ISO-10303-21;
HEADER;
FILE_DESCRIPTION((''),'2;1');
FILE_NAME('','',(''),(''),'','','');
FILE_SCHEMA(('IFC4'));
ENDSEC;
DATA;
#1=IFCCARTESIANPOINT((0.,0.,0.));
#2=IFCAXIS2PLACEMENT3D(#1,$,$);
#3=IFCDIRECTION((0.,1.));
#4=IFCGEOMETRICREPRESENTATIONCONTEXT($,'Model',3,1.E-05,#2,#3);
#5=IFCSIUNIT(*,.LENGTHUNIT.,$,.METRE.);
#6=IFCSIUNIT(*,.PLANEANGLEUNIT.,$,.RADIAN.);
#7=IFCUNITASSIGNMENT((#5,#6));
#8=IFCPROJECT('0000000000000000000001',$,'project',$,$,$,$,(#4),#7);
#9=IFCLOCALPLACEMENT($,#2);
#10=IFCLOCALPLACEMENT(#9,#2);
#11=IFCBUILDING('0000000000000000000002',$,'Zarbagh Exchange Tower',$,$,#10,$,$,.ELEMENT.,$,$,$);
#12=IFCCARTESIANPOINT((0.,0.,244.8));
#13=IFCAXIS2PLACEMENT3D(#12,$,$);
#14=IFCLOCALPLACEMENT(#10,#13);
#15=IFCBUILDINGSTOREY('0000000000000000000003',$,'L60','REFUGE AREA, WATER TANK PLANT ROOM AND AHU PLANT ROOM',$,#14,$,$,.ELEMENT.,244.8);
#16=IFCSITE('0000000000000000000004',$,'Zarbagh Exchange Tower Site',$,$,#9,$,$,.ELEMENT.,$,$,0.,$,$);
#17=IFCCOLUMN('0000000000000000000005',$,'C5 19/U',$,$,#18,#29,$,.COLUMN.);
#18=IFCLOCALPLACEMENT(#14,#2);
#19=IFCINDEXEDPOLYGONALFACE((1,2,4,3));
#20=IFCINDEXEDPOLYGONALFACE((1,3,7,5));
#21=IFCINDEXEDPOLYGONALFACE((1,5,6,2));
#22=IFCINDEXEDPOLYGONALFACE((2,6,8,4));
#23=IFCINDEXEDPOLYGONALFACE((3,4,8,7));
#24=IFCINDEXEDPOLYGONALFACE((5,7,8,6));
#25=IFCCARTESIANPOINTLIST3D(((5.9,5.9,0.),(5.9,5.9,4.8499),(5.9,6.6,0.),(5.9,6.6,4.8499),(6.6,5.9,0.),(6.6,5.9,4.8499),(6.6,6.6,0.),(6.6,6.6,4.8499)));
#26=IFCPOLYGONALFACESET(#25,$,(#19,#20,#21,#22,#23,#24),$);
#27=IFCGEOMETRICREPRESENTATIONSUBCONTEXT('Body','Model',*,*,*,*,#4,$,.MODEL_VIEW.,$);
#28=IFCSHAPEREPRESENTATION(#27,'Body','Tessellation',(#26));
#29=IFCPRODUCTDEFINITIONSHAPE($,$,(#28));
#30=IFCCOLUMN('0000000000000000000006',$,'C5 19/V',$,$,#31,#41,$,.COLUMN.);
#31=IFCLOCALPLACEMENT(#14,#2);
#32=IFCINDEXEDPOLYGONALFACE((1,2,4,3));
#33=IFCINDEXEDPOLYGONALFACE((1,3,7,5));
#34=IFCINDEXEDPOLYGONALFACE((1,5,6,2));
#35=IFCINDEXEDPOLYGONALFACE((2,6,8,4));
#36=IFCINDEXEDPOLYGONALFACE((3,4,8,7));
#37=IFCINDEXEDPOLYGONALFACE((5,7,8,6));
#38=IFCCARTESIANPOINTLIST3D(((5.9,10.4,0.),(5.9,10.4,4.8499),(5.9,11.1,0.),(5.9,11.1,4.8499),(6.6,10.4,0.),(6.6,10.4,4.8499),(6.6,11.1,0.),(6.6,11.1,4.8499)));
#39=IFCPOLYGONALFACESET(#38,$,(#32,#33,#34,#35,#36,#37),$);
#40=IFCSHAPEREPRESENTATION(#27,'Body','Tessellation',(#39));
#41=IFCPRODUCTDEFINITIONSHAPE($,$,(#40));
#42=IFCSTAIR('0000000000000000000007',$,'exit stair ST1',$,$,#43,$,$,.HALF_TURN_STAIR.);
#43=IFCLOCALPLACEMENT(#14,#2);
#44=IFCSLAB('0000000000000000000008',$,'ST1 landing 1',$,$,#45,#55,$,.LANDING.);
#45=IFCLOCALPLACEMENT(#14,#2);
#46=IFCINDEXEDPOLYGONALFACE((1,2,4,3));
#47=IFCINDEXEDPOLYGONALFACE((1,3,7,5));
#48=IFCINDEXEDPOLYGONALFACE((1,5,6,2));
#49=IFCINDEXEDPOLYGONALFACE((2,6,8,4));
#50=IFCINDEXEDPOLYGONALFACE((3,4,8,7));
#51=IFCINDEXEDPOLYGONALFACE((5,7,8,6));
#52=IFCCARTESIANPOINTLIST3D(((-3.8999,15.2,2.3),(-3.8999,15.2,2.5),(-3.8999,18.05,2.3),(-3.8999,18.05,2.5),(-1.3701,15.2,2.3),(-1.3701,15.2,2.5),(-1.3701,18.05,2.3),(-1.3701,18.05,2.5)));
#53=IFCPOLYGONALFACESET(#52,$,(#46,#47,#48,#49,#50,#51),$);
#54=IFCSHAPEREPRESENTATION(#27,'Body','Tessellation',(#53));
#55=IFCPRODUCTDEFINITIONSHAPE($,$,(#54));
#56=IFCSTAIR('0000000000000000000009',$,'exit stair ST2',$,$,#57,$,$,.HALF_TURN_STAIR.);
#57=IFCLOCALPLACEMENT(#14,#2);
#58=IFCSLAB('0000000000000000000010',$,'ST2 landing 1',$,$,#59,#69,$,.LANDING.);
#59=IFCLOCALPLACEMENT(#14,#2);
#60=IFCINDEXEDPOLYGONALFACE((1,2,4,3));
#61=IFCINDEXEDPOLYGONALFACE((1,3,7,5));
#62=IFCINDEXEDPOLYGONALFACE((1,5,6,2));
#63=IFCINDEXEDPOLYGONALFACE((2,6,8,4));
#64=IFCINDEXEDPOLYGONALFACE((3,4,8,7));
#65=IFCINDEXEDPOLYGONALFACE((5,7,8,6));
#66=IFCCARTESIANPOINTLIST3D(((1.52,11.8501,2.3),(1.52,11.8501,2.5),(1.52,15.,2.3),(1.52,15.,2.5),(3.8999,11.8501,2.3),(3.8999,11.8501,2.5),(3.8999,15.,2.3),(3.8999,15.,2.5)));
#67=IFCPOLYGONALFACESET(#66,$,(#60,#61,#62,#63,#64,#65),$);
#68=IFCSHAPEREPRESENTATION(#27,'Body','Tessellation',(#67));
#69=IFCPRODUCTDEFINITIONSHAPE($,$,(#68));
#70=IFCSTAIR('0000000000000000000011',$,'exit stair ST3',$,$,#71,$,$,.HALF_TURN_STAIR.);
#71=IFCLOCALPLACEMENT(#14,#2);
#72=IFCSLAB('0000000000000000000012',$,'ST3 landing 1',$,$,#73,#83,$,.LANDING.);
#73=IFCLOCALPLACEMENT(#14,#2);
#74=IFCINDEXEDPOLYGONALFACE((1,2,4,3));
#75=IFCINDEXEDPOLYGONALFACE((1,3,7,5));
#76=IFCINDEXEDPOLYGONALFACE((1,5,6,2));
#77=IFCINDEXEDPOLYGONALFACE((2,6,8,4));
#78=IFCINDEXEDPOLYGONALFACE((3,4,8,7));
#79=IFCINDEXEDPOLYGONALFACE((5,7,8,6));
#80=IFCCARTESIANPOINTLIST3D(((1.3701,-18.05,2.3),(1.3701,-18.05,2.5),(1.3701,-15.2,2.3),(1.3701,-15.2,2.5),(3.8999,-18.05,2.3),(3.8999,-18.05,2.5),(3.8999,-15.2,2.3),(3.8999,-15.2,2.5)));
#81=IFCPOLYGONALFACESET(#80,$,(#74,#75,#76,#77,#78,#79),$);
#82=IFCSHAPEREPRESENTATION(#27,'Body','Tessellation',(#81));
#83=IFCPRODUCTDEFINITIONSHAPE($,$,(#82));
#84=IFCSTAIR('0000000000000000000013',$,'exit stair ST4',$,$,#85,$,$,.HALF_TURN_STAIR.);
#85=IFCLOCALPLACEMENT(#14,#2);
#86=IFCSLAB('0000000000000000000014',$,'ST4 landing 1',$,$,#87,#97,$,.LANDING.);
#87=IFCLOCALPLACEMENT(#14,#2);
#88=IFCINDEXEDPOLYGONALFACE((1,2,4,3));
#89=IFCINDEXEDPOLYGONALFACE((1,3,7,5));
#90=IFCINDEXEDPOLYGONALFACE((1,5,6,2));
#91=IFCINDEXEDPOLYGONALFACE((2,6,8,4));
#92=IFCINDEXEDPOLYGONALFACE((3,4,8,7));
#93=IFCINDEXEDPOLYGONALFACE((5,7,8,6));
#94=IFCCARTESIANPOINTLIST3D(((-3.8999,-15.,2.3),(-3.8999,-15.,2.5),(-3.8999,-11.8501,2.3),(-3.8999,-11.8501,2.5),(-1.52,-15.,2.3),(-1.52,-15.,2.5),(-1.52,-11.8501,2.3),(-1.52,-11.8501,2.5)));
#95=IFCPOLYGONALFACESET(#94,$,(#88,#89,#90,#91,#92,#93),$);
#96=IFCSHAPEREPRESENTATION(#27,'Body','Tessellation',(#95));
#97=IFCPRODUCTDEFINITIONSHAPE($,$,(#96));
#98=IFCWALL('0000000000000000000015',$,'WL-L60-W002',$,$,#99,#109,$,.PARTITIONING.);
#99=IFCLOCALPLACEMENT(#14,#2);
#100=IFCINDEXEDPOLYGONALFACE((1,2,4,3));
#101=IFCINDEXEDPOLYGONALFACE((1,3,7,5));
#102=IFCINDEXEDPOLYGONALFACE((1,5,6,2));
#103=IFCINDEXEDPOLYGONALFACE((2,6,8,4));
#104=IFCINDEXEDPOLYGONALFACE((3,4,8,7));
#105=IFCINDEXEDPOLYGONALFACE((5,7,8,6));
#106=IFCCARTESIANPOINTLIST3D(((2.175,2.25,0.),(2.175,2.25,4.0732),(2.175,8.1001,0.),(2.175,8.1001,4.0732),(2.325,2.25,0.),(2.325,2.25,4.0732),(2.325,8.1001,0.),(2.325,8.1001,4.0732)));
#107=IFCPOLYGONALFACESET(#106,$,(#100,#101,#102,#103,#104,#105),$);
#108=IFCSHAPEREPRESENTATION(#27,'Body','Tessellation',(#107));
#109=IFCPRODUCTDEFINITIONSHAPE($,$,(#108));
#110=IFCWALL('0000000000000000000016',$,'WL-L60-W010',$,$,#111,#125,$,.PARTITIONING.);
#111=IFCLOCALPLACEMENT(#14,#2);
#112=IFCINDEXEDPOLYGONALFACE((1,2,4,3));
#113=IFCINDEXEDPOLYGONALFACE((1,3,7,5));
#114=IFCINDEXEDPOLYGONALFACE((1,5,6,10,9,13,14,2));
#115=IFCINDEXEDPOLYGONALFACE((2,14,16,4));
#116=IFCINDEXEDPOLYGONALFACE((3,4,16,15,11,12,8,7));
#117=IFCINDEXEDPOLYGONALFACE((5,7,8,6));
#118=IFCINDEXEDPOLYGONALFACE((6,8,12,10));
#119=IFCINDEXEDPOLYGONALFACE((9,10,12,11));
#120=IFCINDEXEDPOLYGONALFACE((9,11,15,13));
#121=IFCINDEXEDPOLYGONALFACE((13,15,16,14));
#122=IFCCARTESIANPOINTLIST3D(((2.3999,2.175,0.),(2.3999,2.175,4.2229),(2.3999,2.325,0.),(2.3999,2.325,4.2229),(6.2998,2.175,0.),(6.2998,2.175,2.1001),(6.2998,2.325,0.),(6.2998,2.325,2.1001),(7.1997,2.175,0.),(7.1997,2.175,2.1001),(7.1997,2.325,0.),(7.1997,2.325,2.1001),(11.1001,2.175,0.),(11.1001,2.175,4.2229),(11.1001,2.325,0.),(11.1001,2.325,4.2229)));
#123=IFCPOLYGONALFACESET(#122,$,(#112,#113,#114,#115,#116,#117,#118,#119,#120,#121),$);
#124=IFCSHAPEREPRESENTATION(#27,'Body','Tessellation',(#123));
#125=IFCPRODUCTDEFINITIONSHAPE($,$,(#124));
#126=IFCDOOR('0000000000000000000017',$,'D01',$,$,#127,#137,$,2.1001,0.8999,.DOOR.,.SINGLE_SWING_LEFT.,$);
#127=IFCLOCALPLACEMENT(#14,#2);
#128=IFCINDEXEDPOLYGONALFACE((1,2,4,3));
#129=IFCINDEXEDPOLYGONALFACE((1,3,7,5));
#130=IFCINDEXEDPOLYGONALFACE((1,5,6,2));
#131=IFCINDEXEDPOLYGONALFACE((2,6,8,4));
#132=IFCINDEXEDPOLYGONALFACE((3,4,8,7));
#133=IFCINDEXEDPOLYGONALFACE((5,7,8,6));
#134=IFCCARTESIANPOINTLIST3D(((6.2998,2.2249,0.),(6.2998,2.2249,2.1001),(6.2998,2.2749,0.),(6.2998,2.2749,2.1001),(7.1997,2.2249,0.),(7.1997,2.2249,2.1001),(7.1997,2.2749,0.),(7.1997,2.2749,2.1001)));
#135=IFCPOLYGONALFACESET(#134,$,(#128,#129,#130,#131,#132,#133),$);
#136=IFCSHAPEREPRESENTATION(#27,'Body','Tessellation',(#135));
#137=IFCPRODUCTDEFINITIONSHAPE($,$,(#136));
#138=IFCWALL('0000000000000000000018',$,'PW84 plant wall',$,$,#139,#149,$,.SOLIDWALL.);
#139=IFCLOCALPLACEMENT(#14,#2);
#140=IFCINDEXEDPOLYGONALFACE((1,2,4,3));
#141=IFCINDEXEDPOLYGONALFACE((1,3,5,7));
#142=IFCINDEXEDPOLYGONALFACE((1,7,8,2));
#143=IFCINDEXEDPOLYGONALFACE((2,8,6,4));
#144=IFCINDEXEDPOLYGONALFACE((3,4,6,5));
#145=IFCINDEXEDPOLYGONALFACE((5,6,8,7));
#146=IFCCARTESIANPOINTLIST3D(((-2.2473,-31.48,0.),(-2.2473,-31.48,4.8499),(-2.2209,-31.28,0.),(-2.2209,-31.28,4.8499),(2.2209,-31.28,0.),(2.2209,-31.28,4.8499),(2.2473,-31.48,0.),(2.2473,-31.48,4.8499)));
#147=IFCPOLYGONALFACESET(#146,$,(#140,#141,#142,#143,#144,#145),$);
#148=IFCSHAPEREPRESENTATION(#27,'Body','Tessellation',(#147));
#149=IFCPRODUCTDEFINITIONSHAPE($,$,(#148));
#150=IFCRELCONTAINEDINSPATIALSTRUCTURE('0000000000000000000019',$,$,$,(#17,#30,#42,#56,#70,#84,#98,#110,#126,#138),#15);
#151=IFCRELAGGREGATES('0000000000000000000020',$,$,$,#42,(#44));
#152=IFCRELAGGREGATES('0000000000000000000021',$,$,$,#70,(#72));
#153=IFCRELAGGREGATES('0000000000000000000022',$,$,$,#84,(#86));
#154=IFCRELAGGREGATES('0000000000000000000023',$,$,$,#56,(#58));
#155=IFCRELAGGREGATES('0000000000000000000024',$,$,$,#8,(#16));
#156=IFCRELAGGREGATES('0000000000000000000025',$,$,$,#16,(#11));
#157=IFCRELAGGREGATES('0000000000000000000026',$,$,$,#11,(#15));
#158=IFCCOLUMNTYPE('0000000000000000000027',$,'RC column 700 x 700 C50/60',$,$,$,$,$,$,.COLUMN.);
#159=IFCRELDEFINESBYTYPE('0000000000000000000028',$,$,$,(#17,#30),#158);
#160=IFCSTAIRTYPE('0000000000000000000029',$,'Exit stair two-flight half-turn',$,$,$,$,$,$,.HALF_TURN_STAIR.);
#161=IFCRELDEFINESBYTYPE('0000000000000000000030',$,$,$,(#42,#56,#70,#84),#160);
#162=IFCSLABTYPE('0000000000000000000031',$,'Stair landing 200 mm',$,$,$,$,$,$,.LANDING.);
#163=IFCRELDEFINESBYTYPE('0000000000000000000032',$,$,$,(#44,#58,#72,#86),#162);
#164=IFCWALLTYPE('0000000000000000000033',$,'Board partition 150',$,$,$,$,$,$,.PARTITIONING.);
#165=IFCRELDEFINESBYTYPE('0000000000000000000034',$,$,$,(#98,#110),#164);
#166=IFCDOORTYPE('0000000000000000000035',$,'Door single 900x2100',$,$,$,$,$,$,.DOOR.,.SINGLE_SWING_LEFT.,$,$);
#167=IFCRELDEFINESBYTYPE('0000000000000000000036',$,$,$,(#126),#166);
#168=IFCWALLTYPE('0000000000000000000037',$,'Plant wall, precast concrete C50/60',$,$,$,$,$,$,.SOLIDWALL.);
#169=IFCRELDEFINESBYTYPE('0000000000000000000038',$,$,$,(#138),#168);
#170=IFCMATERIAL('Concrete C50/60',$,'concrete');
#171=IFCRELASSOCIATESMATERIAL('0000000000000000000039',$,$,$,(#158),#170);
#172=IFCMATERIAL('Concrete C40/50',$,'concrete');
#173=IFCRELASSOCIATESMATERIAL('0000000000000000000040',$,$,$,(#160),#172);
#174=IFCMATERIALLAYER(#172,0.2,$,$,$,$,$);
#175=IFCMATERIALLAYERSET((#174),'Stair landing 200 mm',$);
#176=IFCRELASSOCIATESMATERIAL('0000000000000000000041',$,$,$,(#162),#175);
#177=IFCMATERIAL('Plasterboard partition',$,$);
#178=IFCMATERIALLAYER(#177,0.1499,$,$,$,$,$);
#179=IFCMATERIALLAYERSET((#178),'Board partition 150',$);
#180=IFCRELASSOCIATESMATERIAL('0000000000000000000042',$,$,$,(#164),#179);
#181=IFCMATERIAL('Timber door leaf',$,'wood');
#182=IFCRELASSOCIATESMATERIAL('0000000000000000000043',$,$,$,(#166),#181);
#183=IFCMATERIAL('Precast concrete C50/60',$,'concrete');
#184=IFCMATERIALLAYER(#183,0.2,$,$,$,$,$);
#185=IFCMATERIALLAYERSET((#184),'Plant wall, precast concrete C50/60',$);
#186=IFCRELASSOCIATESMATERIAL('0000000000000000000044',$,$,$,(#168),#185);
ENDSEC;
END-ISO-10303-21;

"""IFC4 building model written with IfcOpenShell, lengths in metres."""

from ifc_helpers import new_model, si_unit, direction, frame, frame_2d, origin, origin_2d, place, context, subcontext, project, spatial, polyline, rectangle, outline, extrude, material, layer, layer_set, material_profile, profile_set, type_object, element, fill, aggregate, save


model = new_model("IFC4")

# Units and contexts
model_context = context("Model", 3, precision=1e-05, world=origin(), true_north=direction((0.0, 1.0)))
body_context = subcontext(model_context, "Body", "Model", "MODEL_VIEW")
ifc_project = project(units=[si_unit("LENGTHUNIT", "METRE"), si_unit("PLANEANGLEUNIT", "RADIAN")], contexts=[model_context])

# Site, building, storey
site_placement = place(None, origin())
site = spatial("IfcSite", under=ifc_project, at=site_placement, Name="Zarbagh Exchange Tower Site", CompositionType="ELEMENT", RefElevation=0.0)
building_placement = place(site_placement, origin())
building = spatial("IfcBuilding", under=site, at=building_placement, Name="Zarbagh Exchange Tower", CompositionType="ELEMENT")
storey_placement = place(building_placement, frame((0.0, 0.0, 244.8)))
storey = spatial("IfcBuildingStorey", under=building, at=storey_placement, Name="L60", Description="REFUGE AREA, WATER TANK PLANT ROOM AND AHU PLANT ROOM", CompositionType="ELEMENT", Elevation=244.8)

# Columns
ifc_material_1 = material(Name="Concrete C50/60", Category="concrete")
ifc_material_profile = material_profile(ifc_material_1, rectangle(XDim=0.7, YDim=0.7, at=origin_2d()), Name="RC column 700 x 700 C50/60")
ifc_profile_set = profile_set([ifc_material_profile], Name="Concrete C50/60")
column_type = type_object("IfcColumnType", Name="RC column 700 x 700 C50/60", PredefinedType="COLUMN", material=ifc_profile_set)
for number, where, z_axis, x_axis, name in (
    (1, (6.25, 6.25, 0.0), (0.0, 0.0, 1.0), (1.0, 0.0, 0.0), "C5 19/U"),
    (2, (6.25, 10.75, 0.0), (0.0, 0.0, 1.0), (1.0, 0.0, 0.0), "C5 19/V"),
):
    element("IfcColumn", number, at=place(storey_placement, frame(where, z_axis=z_axis, x_axis=x_axis)), inside=storey, type_object=column_type, Name=name, PredefinedType="COLUMN", context=body_context, shape_type="SweptSolid", body=[
        extrude(rectangle(XDim=0.7, YDim=0.7, at=origin_2d()), origin(), (0.0, 0.0, 1.0), 4.8499),
    ])

# Stairs, slabs
ifc_material_2 = material(Name="Concrete C40/50", Category="concrete")
stair_type = type_object("IfcStairType", Name="Exit stair two-flight half-turn", PredefinedType="HALF_TURN_STAIR", material=ifc_material_2)
stair_1_placement = place(storey_placement, origin())
stair_1 = element("IfcStair", 3, at=stair_1_placement, inside=storey, type_object=stair_type, Name="exit stair ST1", PredefinedType="HALF_TURN_STAIR")
ifc_layer_1 = layer(ifc_material_2, 0.2)
ifc_layer_set_1 = layer_set([ifc_layer_1], Name="Stair landing 200 mm")
slab_type = type_object("IfcSlabType", Name="Stair landing 200 mm", PredefinedType="LANDING", material=ifc_layer_set_1)
slab_1_placement = place(storey_placement, frame((0.0, 0.0, 2.3)))
slab_1 = element("IfcSlab", 4, at=slab_1_placement, type_object=slab_type, Name="ST1 landing 1", PredefinedType="LANDING", context=body_context, shape_type="SweptSolid", body=[
    extrude(outline(polyline([(-1.3701, 18.05), (-3.8999, 18.05), (-3.8999, 15.2), (-1.3701, 15.2), (-1.3701, 18.05)])), origin(), (0.0, 0.0, 1.0), 0.2),
])
aggregate(stair_1, [slab_1])
stair_2_placement = place(storey_placement, origin())
stair_2 = element("IfcStair", 5, at=stair_2_placement, inside=storey, type_object=stair_type, Name="exit stair ST2", PredefinedType="HALF_TURN_STAIR")
slab_2_placement = place(storey_placement, frame((0.0, 0.0, 2.3)))
slab_2 = element("IfcSlab", 6, at=slab_2_placement, type_object=slab_type, Name="ST2 landing 1", PredefinedType="LANDING", context=body_context, shape_type="SweptSolid", body=[
    extrude(outline(polyline([(1.52, 11.8501), (3.8999, 11.8501), (3.8999, 15.0), (1.52, 15.0), (1.52, 11.8501)])), origin(), (0.0, 0.0, 1.0), 0.2),
])
stair_3_placement = place(storey_placement, origin())
stair_3 = element("IfcStair", 7, at=stair_3_placement, inside=storey, type_object=stair_type, Name="exit stair ST3", PredefinedType="HALF_TURN_STAIR")
slab_3_placement = place(storey_placement, frame((0.0, 0.0, 2.3)))
slab_3 = element("IfcSlab", 8, at=slab_3_placement, type_object=slab_type, Name="ST3 landing 1", PredefinedType="LANDING", context=body_context, shape_type="SweptSolid", body=[
    extrude(outline(polyline([(1.3701, -18.05), (3.8999, -18.05), (3.8999, -15.2), (1.3701, -15.2), (1.3701, -18.05)])), origin(), (0.0, 0.0, 1.0), 0.2),
])
aggregate(stair_3, [slab_3])
stair_4_placement = place(storey_placement, origin())
stair_4 = element("IfcStair", 9, at=stair_4_placement, inside=storey, type_object=stair_type, Name="exit stair ST4", PredefinedType="HALF_TURN_STAIR")
slab_4_placement = place(storey_placement, frame((0.0, 0.0, 2.3)))
slab_4 = element("IfcSlab", 10, at=slab_4_placement, type_object=slab_type, Name="ST4 landing 1", PredefinedType="LANDING", context=body_context, shape_type="SweptSolid", body=[
    extrude(outline(polyline([(-1.52, -11.8501), (-3.8999, -11.8501), (-3.8999, -15.0), (-1.52, -15.0), (-1.52, -11.8501)])), origin(), (0.0, 0.0, 1.0), 0.2),
])
aggregate(stair_4, [slab_4])

# Wall
ifc_material_3 = material(Name="Plasterboard partition")
ifc_layer_2 = layer(ifc_material_3, 0.1499)
ifc_layer_set_2 = layer_set([ifc_layer_2], Name="Board partition 150")
wall_type_1 = type_object("IfcWallType", Name="Board partition 150", PredefinedType="PARTITIONING", material=ifc_layer_set_2)
wall_1_placement = place(storey_placement, frame((2.25, 8.1001, 0.0), z_axis=(0.0, 0.0, 1.0), x_axis=(0.0, -1.0, 0.0)))
element("IfcWall", 11, at=wall_1_placement, inside=storey, type_object=wall_type_1, Name="WL-L60-W002", PredefinedType="PARTITIONING", context=body_context, shape_type="SweptSolid", body=[
    extrude(rectangle(XDim=5.8501, YDim=0.1499, at=frame_2d((2.925, 0.0))), origin(), (0.0, 0.0, 1.0), 4.0732),
])

# Wall, opening, door
wall_2_placement = place(storey_placement, frame((2.3999, 2.25, 0.0), z_axis=(0.0, 0.0, 1.0), x_axis=(1.0, 0.0, 0.0)))
wall_2 = element("IfcWall", 12, at=wall_2_placement, inside=storey, type_object=wall_type_1, Name="WL-L60-W010", PredefinedType="PARTITIONING", context=body_context, shape_type="SweptSolid", body=[
    extrude(rectangle(XDim=8.7002, YDim=0.1499, at=frame_2d((4.3501, 0.0))), origin(), (0.0, 0.0, 1.0), 4.2229),
])
opening_1_placement = place(wall_2_placement, frame((3.8999, 0.0, 0.0)))
opening_1 = element("IfcOpeningElement", 13, at=opening_1_placement, cuts=wall_2, PredefinedType="OPENING", context=body_context, shape_type="SweptSolid", body=[
    extrude(rectangle(XDim=0.8999, YDim=2.1001, at=frame_2d((0.45, 1.05))), frame((0.0, 0.085, 0.0), z_axis=(0.0, -1.0, 0.0), x_axis=(1.0, 0.0, 0.0)), (0.0, 0.0, 1.0), 0.1699),
])
ifc_material_4 = material(Name="Timber door leaf", Category="wood")
door_type_1 = type_object("IfcDoorType", Name="Door single 900x2100", OperationType="SINGLE_SWING_LEFT", PredefinedType="DOOR", material=ifc_material_4)
door_1_placement = place(opening_1_placement, origin())
door_1 = element("IfcDoor", 14, at=door_1_placement, inside=storey, type_object=door_type_1, Name="D01", OperationType="SINGLE_SWING_LEFT", OverallHeight=2.1001, OverallWidth=0.8999, PredefinedType="DOOR", context=body_context, shape_type="SweptSolid", body=[
    extrude(rectangle(XDim=0.8999, YDim=2.1001, at=frame_2d((0.45, 1.05))), frame((0.0, 0.0249, 0.0), z_axis=(0.0, -1.0, 0.0), x_axis=(1.0, 0.0, 0.0)), (0.0, 0.0, 1.0), 0.05),
])
fill(opening_1, door_1)

# Wall
ifc_material_5 = material(Name="Precast concrete C50/60", Category="concrete")
ifc_layer_3 = layer(ifc_material_5, 0.2)
ifc_layer_set_3 = layer_set([ifc_layer_3], Name="Plant wall, precast concrete C50/60")
wall_type_2 = type_object("IfcWallType", Name="Plant wall, precast concrete C50/60", PredefinedType="SOLIDWALL", material=ifc_layer_set_3)
wall_3_placement = place(storey_placement, origin())
element("IfcWall", 15, at=wall_3_placement, inside=storey, type_object=wall_type_2, Name="PW84 plant wall", PredefinedType="SOLIDWALL", context=body_context, shape_type="SweptSolid", body=[
    extrude(outline(polyline([(-2.2473, -31.48), (2.2473, -31.48), (2.2209, -31.28), (-2.2209, -31.28), (-2.2473, -31.48)])), origin(), (0.0, 0.0, 1.0), 4.8499),
])

aggregate(stair_2, [slab_2])

save(model, "model.ifc")
